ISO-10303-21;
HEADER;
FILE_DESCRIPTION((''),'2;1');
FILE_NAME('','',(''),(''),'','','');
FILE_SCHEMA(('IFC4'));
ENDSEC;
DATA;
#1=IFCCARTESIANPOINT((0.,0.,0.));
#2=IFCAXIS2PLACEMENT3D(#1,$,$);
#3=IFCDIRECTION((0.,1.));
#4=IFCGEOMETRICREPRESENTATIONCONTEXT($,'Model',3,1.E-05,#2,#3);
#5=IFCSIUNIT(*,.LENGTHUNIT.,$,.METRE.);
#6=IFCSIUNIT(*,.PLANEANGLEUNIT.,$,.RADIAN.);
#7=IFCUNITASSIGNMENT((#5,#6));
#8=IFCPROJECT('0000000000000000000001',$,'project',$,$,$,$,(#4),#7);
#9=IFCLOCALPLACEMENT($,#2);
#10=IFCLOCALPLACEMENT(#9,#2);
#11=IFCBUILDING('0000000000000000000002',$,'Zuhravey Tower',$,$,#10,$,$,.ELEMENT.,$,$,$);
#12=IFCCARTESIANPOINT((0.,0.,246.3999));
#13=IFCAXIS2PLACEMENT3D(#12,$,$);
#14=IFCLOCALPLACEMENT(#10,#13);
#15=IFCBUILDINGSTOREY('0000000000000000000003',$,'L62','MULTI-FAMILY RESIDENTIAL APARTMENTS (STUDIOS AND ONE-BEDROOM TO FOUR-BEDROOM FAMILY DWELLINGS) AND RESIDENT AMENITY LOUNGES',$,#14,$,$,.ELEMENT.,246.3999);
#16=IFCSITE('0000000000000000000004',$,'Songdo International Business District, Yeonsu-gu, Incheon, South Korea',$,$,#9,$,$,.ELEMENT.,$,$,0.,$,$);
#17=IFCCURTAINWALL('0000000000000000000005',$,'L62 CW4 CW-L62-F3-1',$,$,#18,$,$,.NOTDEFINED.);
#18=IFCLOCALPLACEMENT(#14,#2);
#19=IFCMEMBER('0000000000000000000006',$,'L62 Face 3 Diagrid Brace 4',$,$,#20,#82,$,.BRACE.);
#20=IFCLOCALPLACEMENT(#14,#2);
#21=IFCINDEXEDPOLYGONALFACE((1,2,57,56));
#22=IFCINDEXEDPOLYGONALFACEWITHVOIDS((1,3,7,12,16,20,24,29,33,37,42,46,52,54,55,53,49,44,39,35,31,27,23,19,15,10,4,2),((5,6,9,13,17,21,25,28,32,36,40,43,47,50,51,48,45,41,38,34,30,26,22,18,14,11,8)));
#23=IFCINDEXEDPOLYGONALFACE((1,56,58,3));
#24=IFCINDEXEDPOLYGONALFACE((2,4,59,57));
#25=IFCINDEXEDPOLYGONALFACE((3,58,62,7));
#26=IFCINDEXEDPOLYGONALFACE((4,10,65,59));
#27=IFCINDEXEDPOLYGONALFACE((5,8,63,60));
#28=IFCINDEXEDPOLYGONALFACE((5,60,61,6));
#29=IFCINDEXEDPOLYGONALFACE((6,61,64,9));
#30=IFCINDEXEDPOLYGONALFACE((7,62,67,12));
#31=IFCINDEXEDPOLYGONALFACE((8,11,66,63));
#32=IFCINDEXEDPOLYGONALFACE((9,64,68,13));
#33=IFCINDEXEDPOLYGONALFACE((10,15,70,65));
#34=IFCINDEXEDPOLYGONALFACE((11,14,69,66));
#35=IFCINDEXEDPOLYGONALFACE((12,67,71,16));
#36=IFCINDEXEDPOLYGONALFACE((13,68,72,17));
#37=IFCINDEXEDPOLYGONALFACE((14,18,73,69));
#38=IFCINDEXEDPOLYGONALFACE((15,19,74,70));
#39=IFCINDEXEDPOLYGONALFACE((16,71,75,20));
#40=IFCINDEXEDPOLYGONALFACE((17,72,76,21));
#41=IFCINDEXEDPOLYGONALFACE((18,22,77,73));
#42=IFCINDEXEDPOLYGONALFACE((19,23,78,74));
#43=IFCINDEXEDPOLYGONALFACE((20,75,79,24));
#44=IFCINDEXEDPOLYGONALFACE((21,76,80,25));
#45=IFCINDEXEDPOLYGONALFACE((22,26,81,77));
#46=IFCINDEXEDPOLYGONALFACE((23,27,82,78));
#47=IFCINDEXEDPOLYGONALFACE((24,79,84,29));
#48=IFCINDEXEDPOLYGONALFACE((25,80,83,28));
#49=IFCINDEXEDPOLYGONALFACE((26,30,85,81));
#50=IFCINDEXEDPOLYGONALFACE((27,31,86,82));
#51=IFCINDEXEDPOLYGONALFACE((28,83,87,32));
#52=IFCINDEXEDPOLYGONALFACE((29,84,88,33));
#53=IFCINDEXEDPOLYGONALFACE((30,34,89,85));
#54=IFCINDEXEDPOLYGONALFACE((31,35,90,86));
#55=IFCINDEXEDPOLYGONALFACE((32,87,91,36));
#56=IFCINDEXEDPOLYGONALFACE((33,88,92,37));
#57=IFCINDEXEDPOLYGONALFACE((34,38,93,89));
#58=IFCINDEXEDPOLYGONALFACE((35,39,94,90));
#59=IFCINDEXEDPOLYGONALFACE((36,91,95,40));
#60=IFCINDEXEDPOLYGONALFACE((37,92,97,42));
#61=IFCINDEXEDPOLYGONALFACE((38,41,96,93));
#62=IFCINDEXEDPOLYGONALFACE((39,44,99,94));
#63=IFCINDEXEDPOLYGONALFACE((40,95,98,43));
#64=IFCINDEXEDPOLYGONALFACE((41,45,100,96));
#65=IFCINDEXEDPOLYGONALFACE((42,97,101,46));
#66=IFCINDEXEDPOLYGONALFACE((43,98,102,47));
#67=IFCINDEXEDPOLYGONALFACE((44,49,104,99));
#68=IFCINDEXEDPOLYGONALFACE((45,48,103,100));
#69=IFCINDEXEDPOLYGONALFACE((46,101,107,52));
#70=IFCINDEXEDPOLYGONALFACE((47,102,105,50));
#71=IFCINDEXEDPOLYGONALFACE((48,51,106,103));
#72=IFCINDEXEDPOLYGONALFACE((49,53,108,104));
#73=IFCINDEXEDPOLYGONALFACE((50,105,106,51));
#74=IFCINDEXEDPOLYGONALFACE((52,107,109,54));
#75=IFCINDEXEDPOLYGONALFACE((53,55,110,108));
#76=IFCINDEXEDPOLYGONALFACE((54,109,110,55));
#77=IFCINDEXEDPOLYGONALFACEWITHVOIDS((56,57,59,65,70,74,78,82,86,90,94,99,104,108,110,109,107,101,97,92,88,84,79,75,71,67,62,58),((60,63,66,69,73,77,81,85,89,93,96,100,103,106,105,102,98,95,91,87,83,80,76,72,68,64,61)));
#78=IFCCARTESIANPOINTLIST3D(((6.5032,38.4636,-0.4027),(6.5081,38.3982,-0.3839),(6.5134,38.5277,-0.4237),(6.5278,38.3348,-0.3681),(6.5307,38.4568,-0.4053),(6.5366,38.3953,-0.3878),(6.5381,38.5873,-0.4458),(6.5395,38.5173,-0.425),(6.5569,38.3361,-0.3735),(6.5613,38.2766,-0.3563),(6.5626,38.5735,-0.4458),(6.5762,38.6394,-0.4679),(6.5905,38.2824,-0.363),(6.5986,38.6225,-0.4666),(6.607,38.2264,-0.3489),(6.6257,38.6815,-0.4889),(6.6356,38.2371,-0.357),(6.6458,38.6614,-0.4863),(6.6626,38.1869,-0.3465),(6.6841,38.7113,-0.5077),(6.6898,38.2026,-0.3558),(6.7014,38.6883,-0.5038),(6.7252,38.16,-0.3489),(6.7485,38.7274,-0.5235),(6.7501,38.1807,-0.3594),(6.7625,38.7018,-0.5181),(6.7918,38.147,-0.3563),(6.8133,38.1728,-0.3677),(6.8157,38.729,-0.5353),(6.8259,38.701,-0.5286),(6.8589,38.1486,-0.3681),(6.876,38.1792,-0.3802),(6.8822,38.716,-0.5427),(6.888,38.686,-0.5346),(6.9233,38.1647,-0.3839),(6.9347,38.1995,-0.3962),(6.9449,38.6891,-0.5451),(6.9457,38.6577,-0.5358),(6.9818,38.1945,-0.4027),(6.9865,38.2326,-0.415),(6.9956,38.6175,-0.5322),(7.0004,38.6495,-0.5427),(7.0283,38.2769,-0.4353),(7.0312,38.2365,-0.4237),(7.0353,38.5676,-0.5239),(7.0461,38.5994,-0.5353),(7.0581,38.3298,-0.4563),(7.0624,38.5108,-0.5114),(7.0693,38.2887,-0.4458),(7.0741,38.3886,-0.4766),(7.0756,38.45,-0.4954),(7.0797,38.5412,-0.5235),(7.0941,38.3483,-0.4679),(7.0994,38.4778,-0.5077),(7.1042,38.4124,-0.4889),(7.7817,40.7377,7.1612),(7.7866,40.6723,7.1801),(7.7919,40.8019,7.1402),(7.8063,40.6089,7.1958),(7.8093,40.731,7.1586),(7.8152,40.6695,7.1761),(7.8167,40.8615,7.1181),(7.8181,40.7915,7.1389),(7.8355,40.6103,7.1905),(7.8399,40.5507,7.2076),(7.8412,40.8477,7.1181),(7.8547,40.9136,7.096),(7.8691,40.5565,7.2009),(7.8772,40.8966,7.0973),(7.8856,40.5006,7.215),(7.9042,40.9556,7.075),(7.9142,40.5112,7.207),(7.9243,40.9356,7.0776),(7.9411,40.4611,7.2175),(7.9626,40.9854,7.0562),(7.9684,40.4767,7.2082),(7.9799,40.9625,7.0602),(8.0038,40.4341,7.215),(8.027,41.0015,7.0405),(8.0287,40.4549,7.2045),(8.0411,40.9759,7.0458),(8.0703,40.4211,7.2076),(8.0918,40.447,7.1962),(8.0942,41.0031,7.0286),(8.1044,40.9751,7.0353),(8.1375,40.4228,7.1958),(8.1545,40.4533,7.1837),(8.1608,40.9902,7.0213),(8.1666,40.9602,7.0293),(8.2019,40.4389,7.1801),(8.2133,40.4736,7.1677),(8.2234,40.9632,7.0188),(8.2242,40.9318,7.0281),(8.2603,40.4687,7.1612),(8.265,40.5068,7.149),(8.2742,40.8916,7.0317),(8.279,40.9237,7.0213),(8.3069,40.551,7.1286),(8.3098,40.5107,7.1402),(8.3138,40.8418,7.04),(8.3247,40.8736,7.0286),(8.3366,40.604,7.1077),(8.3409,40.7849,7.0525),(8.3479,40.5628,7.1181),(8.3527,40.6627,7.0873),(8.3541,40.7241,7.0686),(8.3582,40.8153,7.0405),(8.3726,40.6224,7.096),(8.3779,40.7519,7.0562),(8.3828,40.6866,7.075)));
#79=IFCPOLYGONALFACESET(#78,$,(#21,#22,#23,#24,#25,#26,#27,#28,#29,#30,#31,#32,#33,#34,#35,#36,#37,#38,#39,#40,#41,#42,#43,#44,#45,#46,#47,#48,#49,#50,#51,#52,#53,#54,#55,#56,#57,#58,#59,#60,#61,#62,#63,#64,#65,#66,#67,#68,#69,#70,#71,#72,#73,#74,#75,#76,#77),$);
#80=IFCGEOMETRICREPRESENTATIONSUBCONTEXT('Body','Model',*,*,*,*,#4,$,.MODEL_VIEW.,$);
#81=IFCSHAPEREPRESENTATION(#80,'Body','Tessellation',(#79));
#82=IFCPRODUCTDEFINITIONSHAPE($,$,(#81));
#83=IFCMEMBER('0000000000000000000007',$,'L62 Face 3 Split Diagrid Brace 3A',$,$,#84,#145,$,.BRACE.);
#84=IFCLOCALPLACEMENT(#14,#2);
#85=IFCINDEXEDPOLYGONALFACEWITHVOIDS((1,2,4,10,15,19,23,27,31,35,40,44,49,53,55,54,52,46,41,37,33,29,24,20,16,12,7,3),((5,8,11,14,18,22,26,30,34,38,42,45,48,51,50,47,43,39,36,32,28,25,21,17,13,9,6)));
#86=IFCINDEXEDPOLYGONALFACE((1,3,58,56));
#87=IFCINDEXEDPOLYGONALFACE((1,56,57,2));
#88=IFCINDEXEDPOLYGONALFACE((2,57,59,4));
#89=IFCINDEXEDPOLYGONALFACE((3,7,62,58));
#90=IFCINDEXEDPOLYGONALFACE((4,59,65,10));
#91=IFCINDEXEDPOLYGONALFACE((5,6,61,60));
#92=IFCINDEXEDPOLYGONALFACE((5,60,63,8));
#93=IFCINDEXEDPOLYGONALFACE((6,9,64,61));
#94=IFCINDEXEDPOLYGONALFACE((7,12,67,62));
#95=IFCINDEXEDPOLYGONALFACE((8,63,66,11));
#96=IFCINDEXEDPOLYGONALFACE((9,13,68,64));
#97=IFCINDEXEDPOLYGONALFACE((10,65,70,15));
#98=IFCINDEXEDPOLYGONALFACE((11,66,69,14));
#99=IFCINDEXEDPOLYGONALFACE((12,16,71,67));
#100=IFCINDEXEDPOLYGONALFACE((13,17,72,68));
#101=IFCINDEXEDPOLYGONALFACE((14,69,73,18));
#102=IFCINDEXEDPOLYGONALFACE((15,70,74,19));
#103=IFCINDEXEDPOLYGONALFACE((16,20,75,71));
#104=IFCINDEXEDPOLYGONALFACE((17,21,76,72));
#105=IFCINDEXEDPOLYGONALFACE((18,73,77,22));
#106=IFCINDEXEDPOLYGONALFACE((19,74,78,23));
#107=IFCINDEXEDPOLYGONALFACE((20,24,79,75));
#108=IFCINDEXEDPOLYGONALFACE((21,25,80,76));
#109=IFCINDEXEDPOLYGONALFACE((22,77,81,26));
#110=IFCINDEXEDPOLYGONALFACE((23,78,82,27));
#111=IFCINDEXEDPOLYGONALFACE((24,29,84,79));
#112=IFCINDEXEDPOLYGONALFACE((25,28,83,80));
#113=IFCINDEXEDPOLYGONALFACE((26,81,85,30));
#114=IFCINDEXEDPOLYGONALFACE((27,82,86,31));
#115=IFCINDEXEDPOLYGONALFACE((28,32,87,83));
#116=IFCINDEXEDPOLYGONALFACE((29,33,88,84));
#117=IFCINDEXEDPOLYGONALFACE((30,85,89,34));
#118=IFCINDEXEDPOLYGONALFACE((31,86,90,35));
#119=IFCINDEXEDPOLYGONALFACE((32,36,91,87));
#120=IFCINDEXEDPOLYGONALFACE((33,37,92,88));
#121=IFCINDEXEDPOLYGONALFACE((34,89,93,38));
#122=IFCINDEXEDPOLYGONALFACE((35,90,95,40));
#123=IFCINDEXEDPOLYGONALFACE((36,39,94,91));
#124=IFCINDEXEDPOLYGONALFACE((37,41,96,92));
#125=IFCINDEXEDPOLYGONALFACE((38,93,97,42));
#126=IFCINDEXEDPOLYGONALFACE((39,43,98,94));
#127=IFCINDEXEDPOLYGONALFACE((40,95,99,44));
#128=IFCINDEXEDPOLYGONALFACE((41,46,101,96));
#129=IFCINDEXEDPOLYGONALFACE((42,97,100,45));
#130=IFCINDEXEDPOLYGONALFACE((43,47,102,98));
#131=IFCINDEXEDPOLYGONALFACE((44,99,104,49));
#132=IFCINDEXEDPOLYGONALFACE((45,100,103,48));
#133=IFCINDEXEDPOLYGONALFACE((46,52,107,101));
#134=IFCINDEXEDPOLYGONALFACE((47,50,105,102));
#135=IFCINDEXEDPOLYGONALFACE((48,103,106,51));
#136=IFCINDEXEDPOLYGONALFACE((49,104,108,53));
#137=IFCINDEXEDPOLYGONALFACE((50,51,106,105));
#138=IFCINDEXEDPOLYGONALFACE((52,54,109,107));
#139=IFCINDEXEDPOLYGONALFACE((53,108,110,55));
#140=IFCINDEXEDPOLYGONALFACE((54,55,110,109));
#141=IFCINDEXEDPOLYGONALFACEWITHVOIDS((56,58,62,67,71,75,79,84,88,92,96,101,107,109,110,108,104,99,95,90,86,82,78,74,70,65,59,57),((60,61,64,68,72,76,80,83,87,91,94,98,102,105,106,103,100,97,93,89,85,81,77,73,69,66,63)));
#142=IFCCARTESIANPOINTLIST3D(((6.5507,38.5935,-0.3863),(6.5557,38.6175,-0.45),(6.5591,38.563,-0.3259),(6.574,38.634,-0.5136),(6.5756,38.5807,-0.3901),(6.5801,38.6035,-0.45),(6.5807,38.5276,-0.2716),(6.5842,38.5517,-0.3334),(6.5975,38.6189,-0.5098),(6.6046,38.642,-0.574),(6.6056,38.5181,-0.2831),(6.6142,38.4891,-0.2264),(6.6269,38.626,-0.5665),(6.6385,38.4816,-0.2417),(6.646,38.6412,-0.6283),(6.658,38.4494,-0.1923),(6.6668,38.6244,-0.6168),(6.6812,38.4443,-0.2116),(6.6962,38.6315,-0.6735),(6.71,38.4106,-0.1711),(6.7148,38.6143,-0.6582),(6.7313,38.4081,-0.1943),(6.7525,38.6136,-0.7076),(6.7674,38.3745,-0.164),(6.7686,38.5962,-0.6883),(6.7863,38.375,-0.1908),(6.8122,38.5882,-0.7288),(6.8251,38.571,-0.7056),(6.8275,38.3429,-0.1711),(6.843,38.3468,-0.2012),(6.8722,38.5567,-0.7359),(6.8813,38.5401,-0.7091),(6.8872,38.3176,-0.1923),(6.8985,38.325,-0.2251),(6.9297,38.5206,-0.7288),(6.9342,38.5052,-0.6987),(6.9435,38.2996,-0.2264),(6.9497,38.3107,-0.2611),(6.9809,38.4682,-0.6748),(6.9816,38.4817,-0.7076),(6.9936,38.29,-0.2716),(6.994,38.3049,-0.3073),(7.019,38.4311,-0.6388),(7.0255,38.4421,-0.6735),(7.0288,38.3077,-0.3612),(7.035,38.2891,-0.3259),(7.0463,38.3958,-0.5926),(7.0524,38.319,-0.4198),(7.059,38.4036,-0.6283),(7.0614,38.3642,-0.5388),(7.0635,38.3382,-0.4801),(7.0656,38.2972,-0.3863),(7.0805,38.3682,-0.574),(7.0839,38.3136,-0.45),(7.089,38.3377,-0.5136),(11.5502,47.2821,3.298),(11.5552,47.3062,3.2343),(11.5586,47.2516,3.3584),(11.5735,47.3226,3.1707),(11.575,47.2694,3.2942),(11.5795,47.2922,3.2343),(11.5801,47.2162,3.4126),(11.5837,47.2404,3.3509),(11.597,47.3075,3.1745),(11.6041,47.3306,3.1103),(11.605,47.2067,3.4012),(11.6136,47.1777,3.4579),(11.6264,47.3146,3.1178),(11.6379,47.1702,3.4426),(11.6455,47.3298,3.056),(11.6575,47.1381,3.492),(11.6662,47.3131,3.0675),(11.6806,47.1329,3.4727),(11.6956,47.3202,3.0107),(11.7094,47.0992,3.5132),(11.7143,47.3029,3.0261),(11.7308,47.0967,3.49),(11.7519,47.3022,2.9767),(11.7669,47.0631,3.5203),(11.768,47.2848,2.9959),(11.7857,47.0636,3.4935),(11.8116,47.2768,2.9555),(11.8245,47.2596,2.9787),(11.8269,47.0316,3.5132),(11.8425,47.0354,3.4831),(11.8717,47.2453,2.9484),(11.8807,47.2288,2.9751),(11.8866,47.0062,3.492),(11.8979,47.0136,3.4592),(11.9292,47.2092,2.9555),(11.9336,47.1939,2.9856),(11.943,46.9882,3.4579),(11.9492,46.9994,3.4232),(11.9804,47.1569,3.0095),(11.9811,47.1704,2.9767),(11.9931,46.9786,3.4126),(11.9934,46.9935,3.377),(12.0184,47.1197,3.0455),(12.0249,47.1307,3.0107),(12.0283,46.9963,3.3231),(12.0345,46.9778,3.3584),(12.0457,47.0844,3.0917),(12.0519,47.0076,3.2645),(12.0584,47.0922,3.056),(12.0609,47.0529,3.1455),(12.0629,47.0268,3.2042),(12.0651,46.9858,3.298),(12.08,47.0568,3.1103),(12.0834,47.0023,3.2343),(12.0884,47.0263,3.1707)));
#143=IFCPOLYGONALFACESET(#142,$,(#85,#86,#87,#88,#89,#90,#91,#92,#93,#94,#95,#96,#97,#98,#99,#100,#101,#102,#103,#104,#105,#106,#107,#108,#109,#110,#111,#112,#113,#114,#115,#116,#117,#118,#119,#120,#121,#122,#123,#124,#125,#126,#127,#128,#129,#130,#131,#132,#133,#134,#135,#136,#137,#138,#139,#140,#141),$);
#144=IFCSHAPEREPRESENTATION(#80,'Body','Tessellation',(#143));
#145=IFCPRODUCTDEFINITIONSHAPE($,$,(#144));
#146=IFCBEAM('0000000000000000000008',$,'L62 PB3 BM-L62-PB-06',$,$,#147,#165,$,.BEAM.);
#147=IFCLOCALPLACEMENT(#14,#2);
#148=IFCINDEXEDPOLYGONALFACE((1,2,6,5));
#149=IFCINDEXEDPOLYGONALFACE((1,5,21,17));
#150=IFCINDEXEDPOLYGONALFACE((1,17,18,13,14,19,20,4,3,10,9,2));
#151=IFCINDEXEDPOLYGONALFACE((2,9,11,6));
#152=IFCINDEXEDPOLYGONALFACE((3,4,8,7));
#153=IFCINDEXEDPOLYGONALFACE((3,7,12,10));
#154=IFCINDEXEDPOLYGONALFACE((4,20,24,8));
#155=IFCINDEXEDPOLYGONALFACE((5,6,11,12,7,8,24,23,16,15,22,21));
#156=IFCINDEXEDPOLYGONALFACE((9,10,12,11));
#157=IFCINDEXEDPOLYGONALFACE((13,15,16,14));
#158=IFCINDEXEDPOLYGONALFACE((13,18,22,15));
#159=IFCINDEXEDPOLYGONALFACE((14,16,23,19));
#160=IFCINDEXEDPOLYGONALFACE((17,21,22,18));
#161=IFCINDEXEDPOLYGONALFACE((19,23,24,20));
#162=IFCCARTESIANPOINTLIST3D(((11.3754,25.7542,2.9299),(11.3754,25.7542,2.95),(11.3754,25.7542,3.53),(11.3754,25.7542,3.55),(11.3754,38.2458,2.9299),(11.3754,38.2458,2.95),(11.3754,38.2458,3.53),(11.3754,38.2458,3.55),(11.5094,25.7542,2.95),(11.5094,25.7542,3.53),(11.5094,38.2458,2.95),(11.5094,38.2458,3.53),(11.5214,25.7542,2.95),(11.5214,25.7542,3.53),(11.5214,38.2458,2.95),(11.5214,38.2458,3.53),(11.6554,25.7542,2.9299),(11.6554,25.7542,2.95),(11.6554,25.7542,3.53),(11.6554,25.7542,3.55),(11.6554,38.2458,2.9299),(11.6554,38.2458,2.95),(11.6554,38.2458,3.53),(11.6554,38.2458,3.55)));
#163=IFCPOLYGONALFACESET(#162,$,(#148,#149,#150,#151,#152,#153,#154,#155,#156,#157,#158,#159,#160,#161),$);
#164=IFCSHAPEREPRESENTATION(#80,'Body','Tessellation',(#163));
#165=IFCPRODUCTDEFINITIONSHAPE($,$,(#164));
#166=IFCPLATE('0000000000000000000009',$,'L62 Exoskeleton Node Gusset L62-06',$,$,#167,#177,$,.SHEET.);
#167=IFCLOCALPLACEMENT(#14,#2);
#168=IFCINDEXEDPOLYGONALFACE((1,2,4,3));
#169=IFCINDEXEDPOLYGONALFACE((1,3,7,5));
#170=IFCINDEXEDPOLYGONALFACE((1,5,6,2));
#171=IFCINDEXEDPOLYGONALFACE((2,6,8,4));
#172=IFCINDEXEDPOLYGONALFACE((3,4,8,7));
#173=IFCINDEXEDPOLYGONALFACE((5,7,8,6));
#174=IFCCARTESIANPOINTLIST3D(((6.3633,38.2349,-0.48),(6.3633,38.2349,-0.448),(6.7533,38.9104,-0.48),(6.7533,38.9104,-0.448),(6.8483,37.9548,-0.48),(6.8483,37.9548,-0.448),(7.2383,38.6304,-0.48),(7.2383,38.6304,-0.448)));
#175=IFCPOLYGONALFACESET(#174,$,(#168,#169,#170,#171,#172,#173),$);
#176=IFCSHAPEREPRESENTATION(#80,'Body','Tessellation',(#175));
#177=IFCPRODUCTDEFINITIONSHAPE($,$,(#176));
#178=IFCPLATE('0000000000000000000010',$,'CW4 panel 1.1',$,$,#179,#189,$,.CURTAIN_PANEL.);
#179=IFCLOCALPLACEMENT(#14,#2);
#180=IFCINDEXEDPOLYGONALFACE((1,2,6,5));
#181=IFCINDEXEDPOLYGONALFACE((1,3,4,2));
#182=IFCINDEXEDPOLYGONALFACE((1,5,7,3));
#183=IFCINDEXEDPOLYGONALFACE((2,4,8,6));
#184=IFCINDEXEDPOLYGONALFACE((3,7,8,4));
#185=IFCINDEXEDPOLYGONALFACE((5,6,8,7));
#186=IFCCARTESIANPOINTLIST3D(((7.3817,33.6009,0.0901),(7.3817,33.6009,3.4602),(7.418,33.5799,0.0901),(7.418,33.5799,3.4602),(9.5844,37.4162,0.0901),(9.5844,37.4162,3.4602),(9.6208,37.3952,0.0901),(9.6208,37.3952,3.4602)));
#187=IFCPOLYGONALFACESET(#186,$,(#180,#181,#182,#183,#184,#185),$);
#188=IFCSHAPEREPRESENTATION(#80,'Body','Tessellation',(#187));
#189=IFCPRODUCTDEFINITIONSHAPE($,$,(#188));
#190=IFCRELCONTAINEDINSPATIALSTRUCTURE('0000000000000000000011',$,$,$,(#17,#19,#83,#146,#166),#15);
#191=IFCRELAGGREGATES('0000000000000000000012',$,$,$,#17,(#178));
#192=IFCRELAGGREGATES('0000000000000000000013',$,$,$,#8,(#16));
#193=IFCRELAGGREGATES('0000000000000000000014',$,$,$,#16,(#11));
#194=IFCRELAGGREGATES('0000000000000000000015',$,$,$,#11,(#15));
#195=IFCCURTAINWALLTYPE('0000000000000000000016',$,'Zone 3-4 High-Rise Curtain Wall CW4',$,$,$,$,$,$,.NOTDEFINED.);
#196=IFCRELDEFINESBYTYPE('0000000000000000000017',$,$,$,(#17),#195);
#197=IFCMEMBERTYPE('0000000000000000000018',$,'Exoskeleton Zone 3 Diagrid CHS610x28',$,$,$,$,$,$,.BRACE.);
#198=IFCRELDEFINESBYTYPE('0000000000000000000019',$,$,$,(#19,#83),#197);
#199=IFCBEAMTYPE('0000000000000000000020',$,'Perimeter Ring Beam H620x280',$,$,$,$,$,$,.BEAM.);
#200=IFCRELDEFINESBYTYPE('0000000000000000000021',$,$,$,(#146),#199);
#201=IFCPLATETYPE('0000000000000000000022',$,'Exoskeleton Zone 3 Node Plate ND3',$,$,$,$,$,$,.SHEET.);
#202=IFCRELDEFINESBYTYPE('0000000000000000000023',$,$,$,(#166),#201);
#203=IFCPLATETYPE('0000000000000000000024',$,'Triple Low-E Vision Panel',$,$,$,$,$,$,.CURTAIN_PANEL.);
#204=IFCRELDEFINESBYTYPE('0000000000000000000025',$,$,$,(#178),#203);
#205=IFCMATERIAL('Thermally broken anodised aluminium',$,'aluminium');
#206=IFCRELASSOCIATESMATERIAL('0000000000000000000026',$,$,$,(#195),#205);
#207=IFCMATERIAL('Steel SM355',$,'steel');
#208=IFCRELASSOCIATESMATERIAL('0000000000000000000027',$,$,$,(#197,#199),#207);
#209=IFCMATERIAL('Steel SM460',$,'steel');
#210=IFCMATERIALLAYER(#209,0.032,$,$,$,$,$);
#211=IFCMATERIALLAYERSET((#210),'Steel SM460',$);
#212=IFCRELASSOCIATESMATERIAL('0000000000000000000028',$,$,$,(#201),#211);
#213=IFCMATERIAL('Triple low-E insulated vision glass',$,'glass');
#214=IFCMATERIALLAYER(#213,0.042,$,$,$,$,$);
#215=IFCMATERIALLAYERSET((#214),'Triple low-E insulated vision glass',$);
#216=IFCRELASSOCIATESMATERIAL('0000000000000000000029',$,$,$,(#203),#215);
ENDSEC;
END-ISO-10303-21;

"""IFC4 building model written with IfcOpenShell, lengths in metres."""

from ifc_helpers import new_model, si_unit, direction, frame, origin, origin_2d, place, context, subcontext, project, spatial, rectangle, hollow_circle, i_section, extrude, material, layer, layer_set, material_profile, profile_set, type_object, element, aggregate, save


model = new_model("IFC4")

# Units and contexts
model_context = context("Model", 3, precision=1e-05, world=origin(), true_north=direction((0.0, 1.0)))
body_context = subcontext(model_context, "Body", "Model", "MODEL_VIEW")
ifc_project = project(units=[si_unit("LENGTHUNIT", "METRE"), si_unit("PLANEANGLEUNIT", "RADIAN")], contexts=[model_context])

# Site, building, storey
site_placement = place(None, origin())
site = spatial("IfcSite", under=ifc_project, at=site_placement, Name="Songdo International Business District, Yeonsu-gu, Incheon, South Korea", CompositionType="ELEMENT", RefElevation=0.0)
building_placement = place(site_placement, origin())
building = spatial("IfcBuilding", under=site, at=building_placement, Name="Zuhravey Tower", CompositionType="ELEMENT")
storey_placement = place(building_placement, frame((0.0, 0.0, 246.3999)))
storey = spatial("IfcBuildingStorey", under=building, at=storey_placement, Name="L62", Description="MULTI-FAMILY RESIDENTIAL APARTMENTS (STUDIOS AND ONE-BEDROOM TO FOUR-BEDROOM FAMILY DWELLINGS) AND RESIDENT AMENITY LOUNGES", CompositionType="ELEMENT", Elevation=246.3999)

# Curtain wall
ifc_material_1 = material(Name="Thermally broken anodised aluminium", Category="aluminium")
curtain_wall_type = type_object("IfcCurtainWallType", Name="Zone 3-4 High-Rise Curtain Wall CW4", PredefinedType="NOTDEFINED", material=ifc_material_1)
curtain_wall_1_placement = place(storey_placement, origin())
curtain_wall_1 = element("IfcCurtainWall", 1, at=curtain_wall_1_placement, inside=storey, type_object=curtain_wall_type, Name="L62 CW4 CW-L62-F3-1", PredefinedType="NOTDEFINED")

# Members
ifc_material_2 = material(Name="Steel SM355", Category="steel")
ifc_material_profile_1 = material_profile(ifc_material_2, hollow_circle(Radius=0.3047, WallThickness=0.0281, at=origin_2d()), Name="CHS-609.6x28")
ifc_profile_set_1 = profile_set([ifc_material_profile_1], Name="Steel SM355")
member_type_1 = type_object("IfcMemberType", Name="Exoskeleton Zone 3 Diagrid CHS610x28", PredefinedType="BRACE", material=ifc_profile_set_1)
member_1_placement = place(storey_placement, frame((6.8037, 38.438, -0.4458), z_axis=(0.159795, 0.284227, 0.945347), x_axis=(-0.871683, 0.49007, 0.0)))
element("IfcMember", 2, at=member_1_placement, inside=storey, type_object=member_type_1, Name="L62 Face 3 Diagrid Brace 4", PredefinedType="BRACE", context=body_context, shape_type="SweptSolid", body=[
    extrude(hollow_circle(Radius=0.3047, WallThickness=0.0281, at=origin_2d()), origin(), (0.0, 0.0, 1.0), 8.0012),
])
member_2_placement = place(storey_placement, frame((6.8198, 38.4656, -0.45), z_axis=(0.468117, 0.813548, 0.344973), x_axis=(-0.866756, 0.498733, 0.0)))
element("IfcMember", 3, at=member_2_placement, inside=storey, type_object=member_type_1, Name="L62 Face 3 Split Diagrid Brace 3A", PredefinedType="BRACE", context=body_context, shape_type="SweptSolid", body=[
    extrude(hollow_circle(Radius=0.3047, WallThickness=0.0281, at=origin_2d()), origin(), (0.0, 0.0, 1.0), 10.6799),
])

# Beam
ifc_material_profile_2 = material_profile(ifc_material_2, i_section(OverallWidth=0.28, OverallDepth=0.6201, WebThickness=0.012, FlangeThickness=0.02, at=origin_2d()), Name="H-620x280x12x20")
ifc_profile_set_2 = profile_set([ifc_material_profile_2], Name="Steel SM355")
beam_type = type_object("IfcBeamType", Name="Perimeter Ring Beam H620x280", PredefinedType="BEAM", material=ifc_profile_set_2)
beam_placement = place(storey_placement, frame((11.5154, 38.2458, 3.24), z_axis=(0.0, -1.0, 0.0), x_axis=(1.0, 0.0, 0.0)))
element("IfcBeam", 4, at=beam_placement, inside=storey, type_object=beam_type, Name="L62 PB3 BM-L62-PB-06", PredefinedType="BEAM", context=body_context, shape_type="SweptSolid", body=[
    extrude(i_section(OverallWidth=0.28, OverallDepth=0.6201, WebThickness=0.012, FlangeThickness=0.02, at=origin_2d()), origin(), (0.0, 0.0, 1.0), 12.4917),
])

# Plates
ifc_material_3 = material(Name="Steel SM460", Category="steel")
ifc_layer_1 = layer(ifc_material_3, 0.032)
ifc_layer_set_1 = layer_set([ifc_layer_1], Name="Steel SM460")
plate_type_1 = type_object("IfcPlateType", Name="Exoskeleton Zone 3 Node Plate ND3", PredefinedType="SHEET", material=ifc_layer_set_1)
plate_1_placement = place(storey_placement, frame((6.8008, 38.4326, -0.48), z_axis=(0.0, 0.0, 1.0), x_axis=(-0.5, -0.866025, 0.0)))
element("IfcPlate", 5, at=plate_1_placement, inside=storey, type_object=plate_type_1, Name="L62 Exoskeleton Node Gusset L62-06", PredefinedType="SHEET", context=body_context, shape_type="SweptSolid", body=[
    extrude(rectangle(XDim=0.78, YDim=0.5601, at=origin_2d()), origin(), (0.0, 0.0, 1.0), 0.032),
])
ifc_material_4 = material(Name="Triple low-E insulated vision glass", Category="glass")
ifc_layer_2 = layer(ifc_material_4, 0.042)
ifc_layer_set_2 = layer_set([ifc_layer_2], Name="Triple low-E insulated vision glass")
plate_type_2 = type_object("IfcPlateType", Name="Triple Low-E Vision Panel", PredefinedType="CURTAIN_PANEL", material=ifc_layer_set_2)
plate_2_placement = place(storey_placement, frame((8.5012, 35.498, 0.0901), z_axis=(0.0, 0.0, 1.0), x_axis=(0.500004, 0.866023, 0.0)))
plate_2 = element("IfcPlate", 6, at=plate_2_placement, type_object=plate_type_2, Name="CW4 panel 1.1", PredefinedType="CURTAIN_PANEL", context=body_context, shape_type="SweptSolid", body=[
    extrude(rectangle(XDim=4.4055, YDim=0.042, at=origin_2d()), origin(), (0.0, 0.0, 1.0), 3.3701),
])
aggregate(curtain_wall_1, [plate_2])

save(model, "model.ifc")
